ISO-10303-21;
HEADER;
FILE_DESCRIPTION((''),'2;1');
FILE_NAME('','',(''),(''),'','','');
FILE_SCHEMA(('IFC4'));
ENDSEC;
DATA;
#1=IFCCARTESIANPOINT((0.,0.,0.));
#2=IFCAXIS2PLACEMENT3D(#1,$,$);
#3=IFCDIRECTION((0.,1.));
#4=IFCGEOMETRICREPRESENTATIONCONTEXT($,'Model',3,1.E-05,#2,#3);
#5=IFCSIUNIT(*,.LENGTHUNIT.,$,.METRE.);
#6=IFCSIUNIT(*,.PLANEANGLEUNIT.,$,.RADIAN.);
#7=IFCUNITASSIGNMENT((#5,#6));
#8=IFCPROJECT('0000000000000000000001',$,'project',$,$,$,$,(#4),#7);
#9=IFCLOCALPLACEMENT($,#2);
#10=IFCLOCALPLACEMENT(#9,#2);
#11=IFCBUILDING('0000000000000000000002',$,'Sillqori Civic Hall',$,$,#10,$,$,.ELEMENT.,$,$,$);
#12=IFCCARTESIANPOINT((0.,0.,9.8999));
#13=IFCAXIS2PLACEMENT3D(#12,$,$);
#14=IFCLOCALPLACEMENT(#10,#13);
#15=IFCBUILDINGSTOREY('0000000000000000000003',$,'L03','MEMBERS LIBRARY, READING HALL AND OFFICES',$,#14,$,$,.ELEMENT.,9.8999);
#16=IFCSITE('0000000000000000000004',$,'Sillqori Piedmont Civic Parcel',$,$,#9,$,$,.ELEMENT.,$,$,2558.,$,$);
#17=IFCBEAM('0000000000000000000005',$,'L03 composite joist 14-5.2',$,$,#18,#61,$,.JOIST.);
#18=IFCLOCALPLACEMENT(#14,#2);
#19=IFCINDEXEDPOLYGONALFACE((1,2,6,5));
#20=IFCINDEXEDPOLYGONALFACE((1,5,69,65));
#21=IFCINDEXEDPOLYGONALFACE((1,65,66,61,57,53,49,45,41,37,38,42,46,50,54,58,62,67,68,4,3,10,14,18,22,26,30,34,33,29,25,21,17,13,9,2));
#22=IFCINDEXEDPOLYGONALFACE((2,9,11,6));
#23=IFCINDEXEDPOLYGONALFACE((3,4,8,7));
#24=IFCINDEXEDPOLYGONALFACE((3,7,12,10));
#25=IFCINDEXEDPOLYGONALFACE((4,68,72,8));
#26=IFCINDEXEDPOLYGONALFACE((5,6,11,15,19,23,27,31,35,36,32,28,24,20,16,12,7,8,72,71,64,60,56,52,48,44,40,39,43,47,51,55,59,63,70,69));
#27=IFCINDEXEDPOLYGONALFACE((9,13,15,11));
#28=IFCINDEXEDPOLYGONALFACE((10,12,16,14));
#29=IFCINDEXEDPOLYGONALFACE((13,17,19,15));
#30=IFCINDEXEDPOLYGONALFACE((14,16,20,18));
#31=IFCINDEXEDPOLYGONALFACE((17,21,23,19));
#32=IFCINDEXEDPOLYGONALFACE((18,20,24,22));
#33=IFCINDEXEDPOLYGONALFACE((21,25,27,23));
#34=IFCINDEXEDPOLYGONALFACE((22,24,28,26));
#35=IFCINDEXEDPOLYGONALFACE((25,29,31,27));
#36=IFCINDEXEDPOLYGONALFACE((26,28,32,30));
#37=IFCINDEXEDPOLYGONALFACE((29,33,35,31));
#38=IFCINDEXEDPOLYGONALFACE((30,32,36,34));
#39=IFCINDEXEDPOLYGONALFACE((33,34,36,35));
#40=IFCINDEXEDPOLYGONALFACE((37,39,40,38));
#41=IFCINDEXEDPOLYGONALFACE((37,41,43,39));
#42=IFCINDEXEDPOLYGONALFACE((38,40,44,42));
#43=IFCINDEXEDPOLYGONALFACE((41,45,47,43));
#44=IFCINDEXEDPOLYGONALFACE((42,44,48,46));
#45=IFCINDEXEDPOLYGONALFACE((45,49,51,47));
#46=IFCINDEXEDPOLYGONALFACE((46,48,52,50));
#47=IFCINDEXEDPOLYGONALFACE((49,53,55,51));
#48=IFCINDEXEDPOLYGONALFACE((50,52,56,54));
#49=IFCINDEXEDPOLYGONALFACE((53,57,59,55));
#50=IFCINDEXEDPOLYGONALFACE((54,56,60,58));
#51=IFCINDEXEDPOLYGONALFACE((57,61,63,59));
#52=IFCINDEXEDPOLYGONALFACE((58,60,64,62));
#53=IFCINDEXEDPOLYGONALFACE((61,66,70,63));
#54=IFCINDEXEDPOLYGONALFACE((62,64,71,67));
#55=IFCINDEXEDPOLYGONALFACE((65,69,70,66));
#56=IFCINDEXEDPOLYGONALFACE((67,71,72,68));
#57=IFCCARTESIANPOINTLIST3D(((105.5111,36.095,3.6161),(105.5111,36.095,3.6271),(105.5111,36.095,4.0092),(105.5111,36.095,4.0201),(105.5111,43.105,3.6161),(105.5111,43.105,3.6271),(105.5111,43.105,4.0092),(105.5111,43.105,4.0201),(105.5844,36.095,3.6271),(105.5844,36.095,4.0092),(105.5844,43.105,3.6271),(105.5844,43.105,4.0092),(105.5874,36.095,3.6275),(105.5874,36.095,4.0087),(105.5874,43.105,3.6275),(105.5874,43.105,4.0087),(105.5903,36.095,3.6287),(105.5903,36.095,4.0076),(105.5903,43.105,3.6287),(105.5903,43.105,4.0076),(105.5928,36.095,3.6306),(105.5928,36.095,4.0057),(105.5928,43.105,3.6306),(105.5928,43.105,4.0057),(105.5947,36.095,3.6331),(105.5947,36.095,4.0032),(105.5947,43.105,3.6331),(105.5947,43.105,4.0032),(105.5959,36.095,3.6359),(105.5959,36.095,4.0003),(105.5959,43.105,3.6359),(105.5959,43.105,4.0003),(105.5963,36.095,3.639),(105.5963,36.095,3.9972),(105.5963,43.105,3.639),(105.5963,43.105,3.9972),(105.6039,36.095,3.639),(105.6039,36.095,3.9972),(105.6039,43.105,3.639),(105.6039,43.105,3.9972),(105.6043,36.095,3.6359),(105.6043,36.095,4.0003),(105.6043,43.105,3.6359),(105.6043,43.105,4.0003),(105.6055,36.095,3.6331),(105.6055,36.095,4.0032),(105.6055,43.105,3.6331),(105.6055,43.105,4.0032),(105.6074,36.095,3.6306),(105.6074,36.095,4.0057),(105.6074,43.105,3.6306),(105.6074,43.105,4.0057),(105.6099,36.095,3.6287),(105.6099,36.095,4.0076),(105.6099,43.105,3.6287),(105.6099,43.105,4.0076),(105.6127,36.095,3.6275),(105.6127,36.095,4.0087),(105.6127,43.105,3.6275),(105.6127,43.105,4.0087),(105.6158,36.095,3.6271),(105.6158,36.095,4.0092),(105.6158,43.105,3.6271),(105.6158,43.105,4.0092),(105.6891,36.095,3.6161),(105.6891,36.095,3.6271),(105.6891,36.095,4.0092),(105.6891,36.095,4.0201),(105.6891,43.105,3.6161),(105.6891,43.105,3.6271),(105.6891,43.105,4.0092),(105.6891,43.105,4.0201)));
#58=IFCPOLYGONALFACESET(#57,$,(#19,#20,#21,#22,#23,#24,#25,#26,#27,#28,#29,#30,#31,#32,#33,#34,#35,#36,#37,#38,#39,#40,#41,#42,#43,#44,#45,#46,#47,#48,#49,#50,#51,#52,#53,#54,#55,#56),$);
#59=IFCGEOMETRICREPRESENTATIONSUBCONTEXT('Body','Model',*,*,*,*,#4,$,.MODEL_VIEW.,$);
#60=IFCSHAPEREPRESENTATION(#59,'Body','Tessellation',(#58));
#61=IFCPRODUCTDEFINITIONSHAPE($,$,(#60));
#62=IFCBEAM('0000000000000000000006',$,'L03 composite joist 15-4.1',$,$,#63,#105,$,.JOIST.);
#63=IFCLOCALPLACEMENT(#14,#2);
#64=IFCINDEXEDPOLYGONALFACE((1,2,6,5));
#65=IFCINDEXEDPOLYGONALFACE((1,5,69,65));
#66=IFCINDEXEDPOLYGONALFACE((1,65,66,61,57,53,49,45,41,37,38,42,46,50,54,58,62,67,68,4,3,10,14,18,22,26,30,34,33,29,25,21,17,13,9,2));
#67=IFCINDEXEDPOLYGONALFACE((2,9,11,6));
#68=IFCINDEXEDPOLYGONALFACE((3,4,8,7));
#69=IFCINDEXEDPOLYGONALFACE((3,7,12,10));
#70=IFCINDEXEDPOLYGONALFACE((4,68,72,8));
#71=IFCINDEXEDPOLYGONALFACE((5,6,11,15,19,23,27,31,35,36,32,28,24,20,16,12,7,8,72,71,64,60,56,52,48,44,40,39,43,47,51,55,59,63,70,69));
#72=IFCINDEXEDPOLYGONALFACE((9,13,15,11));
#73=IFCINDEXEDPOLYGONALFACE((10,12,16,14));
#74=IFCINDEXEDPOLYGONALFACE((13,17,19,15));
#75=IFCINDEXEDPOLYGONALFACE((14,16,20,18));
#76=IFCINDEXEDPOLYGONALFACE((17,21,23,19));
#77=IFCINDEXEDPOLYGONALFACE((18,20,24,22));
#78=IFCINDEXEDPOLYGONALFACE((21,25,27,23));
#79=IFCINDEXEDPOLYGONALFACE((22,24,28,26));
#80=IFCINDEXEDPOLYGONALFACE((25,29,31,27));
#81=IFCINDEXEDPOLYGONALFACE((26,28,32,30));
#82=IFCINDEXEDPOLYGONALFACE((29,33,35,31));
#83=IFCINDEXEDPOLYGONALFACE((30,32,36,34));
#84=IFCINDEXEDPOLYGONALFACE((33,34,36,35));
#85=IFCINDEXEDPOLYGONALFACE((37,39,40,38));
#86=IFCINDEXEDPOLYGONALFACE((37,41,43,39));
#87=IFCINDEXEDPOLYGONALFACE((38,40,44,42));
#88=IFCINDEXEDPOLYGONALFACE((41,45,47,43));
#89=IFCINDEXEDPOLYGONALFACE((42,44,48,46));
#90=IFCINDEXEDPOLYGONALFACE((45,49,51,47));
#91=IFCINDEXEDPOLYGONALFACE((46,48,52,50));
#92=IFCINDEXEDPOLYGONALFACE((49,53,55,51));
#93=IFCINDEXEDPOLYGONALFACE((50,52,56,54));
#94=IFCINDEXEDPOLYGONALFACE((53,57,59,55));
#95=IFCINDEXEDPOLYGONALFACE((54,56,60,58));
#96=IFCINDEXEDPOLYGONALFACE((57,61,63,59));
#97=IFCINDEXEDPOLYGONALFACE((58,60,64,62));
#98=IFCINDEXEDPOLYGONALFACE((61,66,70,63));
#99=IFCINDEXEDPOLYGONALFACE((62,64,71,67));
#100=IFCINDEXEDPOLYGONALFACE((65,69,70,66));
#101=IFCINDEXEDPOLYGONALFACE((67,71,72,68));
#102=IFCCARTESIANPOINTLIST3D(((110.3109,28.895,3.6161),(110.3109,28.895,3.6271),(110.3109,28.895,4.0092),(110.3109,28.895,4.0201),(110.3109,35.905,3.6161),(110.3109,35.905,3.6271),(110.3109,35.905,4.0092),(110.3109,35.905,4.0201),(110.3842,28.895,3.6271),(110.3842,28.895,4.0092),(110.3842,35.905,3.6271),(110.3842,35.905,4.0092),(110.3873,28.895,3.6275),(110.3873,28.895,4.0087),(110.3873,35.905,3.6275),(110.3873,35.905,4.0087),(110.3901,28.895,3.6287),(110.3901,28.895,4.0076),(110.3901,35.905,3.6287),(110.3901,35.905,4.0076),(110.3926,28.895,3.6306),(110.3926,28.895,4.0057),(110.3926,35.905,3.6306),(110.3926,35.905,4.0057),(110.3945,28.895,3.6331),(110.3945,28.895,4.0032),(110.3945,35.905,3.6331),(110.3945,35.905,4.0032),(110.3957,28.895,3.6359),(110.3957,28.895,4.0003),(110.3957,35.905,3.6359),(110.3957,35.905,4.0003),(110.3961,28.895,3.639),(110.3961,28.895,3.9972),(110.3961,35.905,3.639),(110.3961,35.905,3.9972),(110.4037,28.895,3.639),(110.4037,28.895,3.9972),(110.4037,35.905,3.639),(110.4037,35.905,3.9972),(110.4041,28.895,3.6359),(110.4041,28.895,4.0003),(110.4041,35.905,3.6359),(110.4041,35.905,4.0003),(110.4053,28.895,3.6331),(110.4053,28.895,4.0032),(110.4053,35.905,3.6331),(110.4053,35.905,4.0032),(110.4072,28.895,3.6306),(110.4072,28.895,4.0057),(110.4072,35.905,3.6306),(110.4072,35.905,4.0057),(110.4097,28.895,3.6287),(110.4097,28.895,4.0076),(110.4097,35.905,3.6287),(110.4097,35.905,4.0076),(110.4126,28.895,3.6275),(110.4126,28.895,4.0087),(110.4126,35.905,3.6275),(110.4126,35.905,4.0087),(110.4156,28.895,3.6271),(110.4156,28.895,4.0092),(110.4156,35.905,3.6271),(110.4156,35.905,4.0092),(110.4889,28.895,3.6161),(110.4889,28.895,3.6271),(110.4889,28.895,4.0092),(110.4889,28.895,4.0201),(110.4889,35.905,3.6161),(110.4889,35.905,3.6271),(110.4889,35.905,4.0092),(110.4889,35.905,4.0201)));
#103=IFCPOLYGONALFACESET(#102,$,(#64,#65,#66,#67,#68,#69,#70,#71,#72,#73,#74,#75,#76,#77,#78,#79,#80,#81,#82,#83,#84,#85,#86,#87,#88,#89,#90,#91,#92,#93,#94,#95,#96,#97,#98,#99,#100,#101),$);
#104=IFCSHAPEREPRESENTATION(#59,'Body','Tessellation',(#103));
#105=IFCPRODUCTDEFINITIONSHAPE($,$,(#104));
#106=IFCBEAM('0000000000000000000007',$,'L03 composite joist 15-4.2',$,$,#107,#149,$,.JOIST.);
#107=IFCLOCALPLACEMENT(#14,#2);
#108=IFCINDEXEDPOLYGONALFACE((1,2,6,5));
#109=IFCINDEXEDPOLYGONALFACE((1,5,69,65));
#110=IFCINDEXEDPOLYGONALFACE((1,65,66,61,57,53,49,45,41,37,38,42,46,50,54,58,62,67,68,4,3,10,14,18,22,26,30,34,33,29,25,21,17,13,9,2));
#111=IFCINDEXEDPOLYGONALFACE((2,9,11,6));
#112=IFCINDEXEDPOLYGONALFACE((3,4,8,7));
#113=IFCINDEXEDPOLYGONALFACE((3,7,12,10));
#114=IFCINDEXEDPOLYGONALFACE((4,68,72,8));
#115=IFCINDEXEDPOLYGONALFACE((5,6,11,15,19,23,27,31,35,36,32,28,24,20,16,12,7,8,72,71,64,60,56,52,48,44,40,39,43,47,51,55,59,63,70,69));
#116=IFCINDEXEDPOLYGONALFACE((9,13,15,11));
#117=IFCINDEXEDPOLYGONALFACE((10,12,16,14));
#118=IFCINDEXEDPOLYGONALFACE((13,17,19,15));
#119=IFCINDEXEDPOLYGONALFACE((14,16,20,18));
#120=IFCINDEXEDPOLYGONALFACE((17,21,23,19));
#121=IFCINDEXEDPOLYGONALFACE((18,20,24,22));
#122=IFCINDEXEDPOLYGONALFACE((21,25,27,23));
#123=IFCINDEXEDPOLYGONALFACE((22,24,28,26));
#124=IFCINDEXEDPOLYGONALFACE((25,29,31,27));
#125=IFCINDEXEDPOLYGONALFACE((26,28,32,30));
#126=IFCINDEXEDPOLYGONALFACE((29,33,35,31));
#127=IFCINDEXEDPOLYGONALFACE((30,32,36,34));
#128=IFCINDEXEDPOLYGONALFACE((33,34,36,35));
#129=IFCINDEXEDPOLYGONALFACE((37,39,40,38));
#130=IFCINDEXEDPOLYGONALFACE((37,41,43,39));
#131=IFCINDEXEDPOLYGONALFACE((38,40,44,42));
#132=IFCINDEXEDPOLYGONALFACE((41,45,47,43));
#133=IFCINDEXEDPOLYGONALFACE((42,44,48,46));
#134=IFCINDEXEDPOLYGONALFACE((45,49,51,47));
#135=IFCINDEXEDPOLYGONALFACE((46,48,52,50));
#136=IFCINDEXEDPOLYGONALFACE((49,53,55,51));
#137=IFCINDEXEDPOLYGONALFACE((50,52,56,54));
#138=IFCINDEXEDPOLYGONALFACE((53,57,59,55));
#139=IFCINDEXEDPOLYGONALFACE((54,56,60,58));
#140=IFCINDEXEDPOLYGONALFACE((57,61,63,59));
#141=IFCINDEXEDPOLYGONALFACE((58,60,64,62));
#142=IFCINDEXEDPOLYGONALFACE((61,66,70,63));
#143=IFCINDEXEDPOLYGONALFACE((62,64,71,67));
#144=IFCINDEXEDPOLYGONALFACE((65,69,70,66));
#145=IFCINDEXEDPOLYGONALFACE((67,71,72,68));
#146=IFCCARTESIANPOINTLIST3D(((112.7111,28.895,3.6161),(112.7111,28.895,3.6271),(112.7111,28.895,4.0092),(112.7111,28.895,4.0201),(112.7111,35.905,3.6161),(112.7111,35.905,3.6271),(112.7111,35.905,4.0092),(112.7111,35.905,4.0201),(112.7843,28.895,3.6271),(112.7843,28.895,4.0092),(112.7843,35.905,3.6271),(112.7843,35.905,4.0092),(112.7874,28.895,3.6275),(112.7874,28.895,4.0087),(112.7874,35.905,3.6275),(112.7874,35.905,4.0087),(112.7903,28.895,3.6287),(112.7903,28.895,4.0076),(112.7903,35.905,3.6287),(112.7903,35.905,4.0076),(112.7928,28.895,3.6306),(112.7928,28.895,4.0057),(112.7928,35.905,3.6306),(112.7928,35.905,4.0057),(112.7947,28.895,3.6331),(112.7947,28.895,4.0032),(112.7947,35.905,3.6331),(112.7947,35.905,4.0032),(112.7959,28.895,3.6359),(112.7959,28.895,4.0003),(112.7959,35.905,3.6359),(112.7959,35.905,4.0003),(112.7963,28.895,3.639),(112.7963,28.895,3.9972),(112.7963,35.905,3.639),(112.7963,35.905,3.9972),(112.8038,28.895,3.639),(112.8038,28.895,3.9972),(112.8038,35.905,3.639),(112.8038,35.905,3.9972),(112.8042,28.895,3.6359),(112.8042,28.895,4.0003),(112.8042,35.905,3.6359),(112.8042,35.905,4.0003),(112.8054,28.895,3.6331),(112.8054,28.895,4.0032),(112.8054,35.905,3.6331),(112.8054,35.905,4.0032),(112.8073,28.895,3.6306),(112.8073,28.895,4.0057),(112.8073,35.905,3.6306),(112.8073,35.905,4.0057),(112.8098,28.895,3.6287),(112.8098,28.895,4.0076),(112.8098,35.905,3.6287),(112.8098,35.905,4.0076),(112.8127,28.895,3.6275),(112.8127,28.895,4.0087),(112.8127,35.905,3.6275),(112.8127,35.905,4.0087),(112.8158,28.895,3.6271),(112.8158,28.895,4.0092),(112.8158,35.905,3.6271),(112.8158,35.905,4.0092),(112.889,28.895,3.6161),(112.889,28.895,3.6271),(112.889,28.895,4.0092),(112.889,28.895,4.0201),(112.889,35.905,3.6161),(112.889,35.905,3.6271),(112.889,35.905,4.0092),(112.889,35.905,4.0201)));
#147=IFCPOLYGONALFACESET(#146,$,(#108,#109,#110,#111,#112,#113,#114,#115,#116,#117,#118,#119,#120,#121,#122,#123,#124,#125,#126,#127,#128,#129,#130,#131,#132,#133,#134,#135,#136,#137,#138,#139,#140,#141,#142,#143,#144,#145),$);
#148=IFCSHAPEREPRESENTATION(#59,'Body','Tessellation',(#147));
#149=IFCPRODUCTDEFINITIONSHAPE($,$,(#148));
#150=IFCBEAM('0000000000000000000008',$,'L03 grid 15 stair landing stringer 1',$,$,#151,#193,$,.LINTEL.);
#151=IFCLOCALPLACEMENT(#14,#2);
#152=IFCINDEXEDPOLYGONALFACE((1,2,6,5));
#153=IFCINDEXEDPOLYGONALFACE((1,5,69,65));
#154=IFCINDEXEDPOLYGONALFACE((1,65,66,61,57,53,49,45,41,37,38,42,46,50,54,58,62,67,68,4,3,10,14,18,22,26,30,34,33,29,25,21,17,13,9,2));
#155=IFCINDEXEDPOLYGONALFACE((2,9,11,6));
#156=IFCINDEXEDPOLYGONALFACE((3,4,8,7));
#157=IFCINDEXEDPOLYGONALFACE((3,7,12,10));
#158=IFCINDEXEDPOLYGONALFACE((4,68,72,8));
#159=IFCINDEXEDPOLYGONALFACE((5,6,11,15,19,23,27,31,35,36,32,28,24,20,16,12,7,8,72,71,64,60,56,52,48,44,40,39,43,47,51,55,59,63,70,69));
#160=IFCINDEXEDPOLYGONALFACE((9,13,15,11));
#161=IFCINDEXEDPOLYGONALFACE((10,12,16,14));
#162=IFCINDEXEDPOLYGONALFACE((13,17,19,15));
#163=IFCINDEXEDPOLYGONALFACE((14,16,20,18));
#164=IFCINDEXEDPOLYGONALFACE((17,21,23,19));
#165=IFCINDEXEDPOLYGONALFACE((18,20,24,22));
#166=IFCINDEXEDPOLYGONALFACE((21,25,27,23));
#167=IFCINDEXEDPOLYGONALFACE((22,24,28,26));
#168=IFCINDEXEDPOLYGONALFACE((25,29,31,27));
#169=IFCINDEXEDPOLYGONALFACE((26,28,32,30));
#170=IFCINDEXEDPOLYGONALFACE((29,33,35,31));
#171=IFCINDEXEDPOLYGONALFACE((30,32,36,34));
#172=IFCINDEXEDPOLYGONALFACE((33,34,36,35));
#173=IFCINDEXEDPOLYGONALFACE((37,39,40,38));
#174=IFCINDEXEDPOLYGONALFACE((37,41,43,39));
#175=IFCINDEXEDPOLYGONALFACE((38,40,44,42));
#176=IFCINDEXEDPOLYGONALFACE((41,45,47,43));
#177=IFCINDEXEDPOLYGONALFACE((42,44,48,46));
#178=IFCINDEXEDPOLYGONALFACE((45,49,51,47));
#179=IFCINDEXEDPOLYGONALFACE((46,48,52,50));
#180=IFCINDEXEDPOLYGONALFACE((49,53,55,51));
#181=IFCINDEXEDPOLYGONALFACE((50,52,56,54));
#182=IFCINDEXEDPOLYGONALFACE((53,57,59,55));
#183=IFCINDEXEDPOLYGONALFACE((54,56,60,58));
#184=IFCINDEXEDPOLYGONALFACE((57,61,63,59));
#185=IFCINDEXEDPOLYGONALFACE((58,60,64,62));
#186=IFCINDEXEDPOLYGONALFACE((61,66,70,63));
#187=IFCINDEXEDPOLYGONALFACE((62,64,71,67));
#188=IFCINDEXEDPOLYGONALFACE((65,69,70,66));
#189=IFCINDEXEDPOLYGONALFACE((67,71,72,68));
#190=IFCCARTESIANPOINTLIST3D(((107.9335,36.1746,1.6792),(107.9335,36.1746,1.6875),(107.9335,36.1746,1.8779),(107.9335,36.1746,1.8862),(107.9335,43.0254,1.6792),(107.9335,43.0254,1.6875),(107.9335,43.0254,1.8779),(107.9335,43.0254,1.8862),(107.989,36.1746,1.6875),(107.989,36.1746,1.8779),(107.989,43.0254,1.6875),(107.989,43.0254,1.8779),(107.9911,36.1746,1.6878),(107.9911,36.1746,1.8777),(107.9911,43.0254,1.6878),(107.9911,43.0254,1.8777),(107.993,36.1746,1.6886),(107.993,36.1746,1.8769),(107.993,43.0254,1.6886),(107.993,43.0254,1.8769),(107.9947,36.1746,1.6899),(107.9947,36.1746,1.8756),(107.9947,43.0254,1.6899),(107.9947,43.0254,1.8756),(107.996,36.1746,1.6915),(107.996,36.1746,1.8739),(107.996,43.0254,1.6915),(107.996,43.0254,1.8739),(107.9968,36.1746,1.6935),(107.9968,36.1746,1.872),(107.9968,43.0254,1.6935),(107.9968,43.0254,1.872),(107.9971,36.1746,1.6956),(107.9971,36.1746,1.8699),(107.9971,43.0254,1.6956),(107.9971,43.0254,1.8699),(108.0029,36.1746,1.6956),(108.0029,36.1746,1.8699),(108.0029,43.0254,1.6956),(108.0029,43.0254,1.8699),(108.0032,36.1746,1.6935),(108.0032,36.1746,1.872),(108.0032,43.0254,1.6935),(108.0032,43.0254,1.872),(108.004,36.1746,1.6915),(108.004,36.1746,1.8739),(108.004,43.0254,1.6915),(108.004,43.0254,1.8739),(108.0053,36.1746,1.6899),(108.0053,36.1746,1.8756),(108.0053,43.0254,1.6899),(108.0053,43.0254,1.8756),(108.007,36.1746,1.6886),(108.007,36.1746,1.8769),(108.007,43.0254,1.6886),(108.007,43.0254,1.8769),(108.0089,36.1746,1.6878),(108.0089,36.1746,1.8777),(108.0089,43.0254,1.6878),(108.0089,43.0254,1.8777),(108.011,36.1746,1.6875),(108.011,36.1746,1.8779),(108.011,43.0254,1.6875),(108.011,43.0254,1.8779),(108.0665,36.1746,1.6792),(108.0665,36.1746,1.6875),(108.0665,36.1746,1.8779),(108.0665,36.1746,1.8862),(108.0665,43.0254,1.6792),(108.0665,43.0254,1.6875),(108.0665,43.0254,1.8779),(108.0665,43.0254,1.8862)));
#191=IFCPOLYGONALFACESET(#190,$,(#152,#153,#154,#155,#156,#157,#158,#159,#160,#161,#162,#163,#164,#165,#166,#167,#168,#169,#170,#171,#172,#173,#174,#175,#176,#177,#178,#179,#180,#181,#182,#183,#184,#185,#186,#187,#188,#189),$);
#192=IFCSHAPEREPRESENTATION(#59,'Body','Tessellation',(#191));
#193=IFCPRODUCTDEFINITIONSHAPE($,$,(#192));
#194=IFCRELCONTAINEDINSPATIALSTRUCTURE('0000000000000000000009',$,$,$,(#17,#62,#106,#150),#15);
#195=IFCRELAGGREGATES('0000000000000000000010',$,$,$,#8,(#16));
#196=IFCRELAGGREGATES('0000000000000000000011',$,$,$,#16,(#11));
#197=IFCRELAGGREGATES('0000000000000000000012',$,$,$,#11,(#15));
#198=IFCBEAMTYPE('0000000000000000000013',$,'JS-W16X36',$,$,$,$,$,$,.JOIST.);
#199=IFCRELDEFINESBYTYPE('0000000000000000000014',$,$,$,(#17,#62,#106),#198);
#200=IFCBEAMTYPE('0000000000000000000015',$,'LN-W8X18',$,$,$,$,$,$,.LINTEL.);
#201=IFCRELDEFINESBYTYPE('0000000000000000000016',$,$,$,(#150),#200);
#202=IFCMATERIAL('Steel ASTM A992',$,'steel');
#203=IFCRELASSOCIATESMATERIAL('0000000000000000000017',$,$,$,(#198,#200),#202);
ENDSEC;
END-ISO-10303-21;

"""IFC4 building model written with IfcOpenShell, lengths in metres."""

from ifc_helpers import new_model, si_unit, direction, frame, origin, origin_2d, place, context, subcontext, project, spatial, i_section, extrude, material, material_profile, profile_set, type_object, element, save


model = new_model("IFC4")

# Units and contexts
model_context = context("Model", 3, precision=1e-05, world=origin(), true_north=direction((0.0, 1.0)))
body_context = subcontext(model_context, "Body", "Model", "MODEL_VIEW")
ifc_project = project(units=[si_unit("LENGTHUNIT", "METRE"), si_unit("PLANEANGLEUNIT", "RADIAN")], contexts=[model_context])

# Site, building, storey
site_placement = place(None, origin())
site = spatial("IfcSite", under=ifc_project, at=site_placement, Name="Sillqori Piedmont Civic Parcel", CompositionType="ELEMENT", RefElevation=2558.0)
building_placement = place(site_placement, origin())
building = spatial("IfcBuilding", under=site, at=building_placement, Name="Sillqori Civic Hall", CompositionType="ELEMENT")
storey_placement = place(building_placement, frame((0.0, 0.0, 9.8999)))
storey = spatial("IfcBuildingStorey", under=building, at=storey_placement, Name="L03", Description="MEMBERS LIBRARY, READING HALL AND OFFICES", CompositionType="ELEMENT", Elevation=9.8999)

# Shared definitions
ifc_material_1 = material(Name="Steel ASTM A992", Category="steel")

# Beams
ifc_material_profile_1 = material_profile(ifc_material_1, i_section(OverallWidth=0.178, OverallDepth=0.4041, WebThickness=0.0076, FlangeThickness=0.011, FilletRadius=0.012, at=origin_2d()), Name="W16X36")
ifc_profile_set_1 = profile_set([ifc_material_profile_1], Name="Steel ASTM A992")
beam_type_1 = type_object("IfcBeamType", Name="JS-W16X36", PredefinedType="JOIST", material=ifc_profile_set_1)
for number, where, z_axis, x_axis, name in (
    (1, (105.6001, 36.095, 3.8181), (0.0, 1.0, 0.0), (-1.0, 0.0, 0.0), "L03 composite joist 14-5.2"),
    (2, (110.3999, 28.895, 3.8181), (0.0, 1.0, 0.0), (-1.0, 0.0, 0.0), "L03 composite joist 15-4.1"),
    (3, (112.8, 28.895, 3.8181), (0.0, 1.0, 0.0), (-1.0, 0.0, 0.0), "L03 composite joist 15-4.2"),
):
    element("IfcBeam", number, at=place(storey_placement, frame(where, z_axis=z_axis, x_axis=x_axis)), inside=storey, type_object=beam_type_1, Name=name, PredefinedType="JOIST", context=body_context, shape_type="SweptSolid", body=[
        extrude(i_section(OverallWidth=0.178, OverallDepth=0.4041, WebThickness=0.0076, FlangeThickness=0.011, FilletRadius=0.012, at=origin_2d()), origin(), (0.0, 0.0, 1.0), 7.01),
    ])
ifc_material_profile_2 = material_profile(ifc_material_1, i_section(OverallWidth=0.1331, OverallDepth=0.207, WebThickness=0.0059, FlangeThickness=0.0083, FilletRadius=0.0081, at=origin_2d()), Name="W8X18")
ifc_profile_set_2 = profile_set([ifc_material_profile_2], Name="Steel ASTM A992")
beam_type_2 = type_object("IfcBeamType", Name="LN-W8X18", PredefinedType="LINTEL", material=ifc_profile_set_2)
for number, where, z_axis, x_axis, name in (
    (4, (108.0, 36.1746, 1.7827), (0.0, 1.0, 0.0), (-1.0, 0.0, 0.0), "L03 grid 15 stair landing stringer 1"),
):
    element("IfcBeam", number, at=place(storey_placement, frame(where, z_axis=z_axis, x_axis=x_axis)), inside=storey, type_object=beam_type_2, Name=name, PredefinedType="LINTEL", context=body_context, shape_type="SweptSolid", body=[
        extrude(i_section(OverallWidth=0.1331, OverallDepth=0.207, WebThickness=0.0059, FlangeThickness=0.0083, FilletRadius=0.0081, at=origin_2d()), origin(), (0.0, 0.0, 1.0), 6.8508),
    ])

save(model, "model.ifc")
